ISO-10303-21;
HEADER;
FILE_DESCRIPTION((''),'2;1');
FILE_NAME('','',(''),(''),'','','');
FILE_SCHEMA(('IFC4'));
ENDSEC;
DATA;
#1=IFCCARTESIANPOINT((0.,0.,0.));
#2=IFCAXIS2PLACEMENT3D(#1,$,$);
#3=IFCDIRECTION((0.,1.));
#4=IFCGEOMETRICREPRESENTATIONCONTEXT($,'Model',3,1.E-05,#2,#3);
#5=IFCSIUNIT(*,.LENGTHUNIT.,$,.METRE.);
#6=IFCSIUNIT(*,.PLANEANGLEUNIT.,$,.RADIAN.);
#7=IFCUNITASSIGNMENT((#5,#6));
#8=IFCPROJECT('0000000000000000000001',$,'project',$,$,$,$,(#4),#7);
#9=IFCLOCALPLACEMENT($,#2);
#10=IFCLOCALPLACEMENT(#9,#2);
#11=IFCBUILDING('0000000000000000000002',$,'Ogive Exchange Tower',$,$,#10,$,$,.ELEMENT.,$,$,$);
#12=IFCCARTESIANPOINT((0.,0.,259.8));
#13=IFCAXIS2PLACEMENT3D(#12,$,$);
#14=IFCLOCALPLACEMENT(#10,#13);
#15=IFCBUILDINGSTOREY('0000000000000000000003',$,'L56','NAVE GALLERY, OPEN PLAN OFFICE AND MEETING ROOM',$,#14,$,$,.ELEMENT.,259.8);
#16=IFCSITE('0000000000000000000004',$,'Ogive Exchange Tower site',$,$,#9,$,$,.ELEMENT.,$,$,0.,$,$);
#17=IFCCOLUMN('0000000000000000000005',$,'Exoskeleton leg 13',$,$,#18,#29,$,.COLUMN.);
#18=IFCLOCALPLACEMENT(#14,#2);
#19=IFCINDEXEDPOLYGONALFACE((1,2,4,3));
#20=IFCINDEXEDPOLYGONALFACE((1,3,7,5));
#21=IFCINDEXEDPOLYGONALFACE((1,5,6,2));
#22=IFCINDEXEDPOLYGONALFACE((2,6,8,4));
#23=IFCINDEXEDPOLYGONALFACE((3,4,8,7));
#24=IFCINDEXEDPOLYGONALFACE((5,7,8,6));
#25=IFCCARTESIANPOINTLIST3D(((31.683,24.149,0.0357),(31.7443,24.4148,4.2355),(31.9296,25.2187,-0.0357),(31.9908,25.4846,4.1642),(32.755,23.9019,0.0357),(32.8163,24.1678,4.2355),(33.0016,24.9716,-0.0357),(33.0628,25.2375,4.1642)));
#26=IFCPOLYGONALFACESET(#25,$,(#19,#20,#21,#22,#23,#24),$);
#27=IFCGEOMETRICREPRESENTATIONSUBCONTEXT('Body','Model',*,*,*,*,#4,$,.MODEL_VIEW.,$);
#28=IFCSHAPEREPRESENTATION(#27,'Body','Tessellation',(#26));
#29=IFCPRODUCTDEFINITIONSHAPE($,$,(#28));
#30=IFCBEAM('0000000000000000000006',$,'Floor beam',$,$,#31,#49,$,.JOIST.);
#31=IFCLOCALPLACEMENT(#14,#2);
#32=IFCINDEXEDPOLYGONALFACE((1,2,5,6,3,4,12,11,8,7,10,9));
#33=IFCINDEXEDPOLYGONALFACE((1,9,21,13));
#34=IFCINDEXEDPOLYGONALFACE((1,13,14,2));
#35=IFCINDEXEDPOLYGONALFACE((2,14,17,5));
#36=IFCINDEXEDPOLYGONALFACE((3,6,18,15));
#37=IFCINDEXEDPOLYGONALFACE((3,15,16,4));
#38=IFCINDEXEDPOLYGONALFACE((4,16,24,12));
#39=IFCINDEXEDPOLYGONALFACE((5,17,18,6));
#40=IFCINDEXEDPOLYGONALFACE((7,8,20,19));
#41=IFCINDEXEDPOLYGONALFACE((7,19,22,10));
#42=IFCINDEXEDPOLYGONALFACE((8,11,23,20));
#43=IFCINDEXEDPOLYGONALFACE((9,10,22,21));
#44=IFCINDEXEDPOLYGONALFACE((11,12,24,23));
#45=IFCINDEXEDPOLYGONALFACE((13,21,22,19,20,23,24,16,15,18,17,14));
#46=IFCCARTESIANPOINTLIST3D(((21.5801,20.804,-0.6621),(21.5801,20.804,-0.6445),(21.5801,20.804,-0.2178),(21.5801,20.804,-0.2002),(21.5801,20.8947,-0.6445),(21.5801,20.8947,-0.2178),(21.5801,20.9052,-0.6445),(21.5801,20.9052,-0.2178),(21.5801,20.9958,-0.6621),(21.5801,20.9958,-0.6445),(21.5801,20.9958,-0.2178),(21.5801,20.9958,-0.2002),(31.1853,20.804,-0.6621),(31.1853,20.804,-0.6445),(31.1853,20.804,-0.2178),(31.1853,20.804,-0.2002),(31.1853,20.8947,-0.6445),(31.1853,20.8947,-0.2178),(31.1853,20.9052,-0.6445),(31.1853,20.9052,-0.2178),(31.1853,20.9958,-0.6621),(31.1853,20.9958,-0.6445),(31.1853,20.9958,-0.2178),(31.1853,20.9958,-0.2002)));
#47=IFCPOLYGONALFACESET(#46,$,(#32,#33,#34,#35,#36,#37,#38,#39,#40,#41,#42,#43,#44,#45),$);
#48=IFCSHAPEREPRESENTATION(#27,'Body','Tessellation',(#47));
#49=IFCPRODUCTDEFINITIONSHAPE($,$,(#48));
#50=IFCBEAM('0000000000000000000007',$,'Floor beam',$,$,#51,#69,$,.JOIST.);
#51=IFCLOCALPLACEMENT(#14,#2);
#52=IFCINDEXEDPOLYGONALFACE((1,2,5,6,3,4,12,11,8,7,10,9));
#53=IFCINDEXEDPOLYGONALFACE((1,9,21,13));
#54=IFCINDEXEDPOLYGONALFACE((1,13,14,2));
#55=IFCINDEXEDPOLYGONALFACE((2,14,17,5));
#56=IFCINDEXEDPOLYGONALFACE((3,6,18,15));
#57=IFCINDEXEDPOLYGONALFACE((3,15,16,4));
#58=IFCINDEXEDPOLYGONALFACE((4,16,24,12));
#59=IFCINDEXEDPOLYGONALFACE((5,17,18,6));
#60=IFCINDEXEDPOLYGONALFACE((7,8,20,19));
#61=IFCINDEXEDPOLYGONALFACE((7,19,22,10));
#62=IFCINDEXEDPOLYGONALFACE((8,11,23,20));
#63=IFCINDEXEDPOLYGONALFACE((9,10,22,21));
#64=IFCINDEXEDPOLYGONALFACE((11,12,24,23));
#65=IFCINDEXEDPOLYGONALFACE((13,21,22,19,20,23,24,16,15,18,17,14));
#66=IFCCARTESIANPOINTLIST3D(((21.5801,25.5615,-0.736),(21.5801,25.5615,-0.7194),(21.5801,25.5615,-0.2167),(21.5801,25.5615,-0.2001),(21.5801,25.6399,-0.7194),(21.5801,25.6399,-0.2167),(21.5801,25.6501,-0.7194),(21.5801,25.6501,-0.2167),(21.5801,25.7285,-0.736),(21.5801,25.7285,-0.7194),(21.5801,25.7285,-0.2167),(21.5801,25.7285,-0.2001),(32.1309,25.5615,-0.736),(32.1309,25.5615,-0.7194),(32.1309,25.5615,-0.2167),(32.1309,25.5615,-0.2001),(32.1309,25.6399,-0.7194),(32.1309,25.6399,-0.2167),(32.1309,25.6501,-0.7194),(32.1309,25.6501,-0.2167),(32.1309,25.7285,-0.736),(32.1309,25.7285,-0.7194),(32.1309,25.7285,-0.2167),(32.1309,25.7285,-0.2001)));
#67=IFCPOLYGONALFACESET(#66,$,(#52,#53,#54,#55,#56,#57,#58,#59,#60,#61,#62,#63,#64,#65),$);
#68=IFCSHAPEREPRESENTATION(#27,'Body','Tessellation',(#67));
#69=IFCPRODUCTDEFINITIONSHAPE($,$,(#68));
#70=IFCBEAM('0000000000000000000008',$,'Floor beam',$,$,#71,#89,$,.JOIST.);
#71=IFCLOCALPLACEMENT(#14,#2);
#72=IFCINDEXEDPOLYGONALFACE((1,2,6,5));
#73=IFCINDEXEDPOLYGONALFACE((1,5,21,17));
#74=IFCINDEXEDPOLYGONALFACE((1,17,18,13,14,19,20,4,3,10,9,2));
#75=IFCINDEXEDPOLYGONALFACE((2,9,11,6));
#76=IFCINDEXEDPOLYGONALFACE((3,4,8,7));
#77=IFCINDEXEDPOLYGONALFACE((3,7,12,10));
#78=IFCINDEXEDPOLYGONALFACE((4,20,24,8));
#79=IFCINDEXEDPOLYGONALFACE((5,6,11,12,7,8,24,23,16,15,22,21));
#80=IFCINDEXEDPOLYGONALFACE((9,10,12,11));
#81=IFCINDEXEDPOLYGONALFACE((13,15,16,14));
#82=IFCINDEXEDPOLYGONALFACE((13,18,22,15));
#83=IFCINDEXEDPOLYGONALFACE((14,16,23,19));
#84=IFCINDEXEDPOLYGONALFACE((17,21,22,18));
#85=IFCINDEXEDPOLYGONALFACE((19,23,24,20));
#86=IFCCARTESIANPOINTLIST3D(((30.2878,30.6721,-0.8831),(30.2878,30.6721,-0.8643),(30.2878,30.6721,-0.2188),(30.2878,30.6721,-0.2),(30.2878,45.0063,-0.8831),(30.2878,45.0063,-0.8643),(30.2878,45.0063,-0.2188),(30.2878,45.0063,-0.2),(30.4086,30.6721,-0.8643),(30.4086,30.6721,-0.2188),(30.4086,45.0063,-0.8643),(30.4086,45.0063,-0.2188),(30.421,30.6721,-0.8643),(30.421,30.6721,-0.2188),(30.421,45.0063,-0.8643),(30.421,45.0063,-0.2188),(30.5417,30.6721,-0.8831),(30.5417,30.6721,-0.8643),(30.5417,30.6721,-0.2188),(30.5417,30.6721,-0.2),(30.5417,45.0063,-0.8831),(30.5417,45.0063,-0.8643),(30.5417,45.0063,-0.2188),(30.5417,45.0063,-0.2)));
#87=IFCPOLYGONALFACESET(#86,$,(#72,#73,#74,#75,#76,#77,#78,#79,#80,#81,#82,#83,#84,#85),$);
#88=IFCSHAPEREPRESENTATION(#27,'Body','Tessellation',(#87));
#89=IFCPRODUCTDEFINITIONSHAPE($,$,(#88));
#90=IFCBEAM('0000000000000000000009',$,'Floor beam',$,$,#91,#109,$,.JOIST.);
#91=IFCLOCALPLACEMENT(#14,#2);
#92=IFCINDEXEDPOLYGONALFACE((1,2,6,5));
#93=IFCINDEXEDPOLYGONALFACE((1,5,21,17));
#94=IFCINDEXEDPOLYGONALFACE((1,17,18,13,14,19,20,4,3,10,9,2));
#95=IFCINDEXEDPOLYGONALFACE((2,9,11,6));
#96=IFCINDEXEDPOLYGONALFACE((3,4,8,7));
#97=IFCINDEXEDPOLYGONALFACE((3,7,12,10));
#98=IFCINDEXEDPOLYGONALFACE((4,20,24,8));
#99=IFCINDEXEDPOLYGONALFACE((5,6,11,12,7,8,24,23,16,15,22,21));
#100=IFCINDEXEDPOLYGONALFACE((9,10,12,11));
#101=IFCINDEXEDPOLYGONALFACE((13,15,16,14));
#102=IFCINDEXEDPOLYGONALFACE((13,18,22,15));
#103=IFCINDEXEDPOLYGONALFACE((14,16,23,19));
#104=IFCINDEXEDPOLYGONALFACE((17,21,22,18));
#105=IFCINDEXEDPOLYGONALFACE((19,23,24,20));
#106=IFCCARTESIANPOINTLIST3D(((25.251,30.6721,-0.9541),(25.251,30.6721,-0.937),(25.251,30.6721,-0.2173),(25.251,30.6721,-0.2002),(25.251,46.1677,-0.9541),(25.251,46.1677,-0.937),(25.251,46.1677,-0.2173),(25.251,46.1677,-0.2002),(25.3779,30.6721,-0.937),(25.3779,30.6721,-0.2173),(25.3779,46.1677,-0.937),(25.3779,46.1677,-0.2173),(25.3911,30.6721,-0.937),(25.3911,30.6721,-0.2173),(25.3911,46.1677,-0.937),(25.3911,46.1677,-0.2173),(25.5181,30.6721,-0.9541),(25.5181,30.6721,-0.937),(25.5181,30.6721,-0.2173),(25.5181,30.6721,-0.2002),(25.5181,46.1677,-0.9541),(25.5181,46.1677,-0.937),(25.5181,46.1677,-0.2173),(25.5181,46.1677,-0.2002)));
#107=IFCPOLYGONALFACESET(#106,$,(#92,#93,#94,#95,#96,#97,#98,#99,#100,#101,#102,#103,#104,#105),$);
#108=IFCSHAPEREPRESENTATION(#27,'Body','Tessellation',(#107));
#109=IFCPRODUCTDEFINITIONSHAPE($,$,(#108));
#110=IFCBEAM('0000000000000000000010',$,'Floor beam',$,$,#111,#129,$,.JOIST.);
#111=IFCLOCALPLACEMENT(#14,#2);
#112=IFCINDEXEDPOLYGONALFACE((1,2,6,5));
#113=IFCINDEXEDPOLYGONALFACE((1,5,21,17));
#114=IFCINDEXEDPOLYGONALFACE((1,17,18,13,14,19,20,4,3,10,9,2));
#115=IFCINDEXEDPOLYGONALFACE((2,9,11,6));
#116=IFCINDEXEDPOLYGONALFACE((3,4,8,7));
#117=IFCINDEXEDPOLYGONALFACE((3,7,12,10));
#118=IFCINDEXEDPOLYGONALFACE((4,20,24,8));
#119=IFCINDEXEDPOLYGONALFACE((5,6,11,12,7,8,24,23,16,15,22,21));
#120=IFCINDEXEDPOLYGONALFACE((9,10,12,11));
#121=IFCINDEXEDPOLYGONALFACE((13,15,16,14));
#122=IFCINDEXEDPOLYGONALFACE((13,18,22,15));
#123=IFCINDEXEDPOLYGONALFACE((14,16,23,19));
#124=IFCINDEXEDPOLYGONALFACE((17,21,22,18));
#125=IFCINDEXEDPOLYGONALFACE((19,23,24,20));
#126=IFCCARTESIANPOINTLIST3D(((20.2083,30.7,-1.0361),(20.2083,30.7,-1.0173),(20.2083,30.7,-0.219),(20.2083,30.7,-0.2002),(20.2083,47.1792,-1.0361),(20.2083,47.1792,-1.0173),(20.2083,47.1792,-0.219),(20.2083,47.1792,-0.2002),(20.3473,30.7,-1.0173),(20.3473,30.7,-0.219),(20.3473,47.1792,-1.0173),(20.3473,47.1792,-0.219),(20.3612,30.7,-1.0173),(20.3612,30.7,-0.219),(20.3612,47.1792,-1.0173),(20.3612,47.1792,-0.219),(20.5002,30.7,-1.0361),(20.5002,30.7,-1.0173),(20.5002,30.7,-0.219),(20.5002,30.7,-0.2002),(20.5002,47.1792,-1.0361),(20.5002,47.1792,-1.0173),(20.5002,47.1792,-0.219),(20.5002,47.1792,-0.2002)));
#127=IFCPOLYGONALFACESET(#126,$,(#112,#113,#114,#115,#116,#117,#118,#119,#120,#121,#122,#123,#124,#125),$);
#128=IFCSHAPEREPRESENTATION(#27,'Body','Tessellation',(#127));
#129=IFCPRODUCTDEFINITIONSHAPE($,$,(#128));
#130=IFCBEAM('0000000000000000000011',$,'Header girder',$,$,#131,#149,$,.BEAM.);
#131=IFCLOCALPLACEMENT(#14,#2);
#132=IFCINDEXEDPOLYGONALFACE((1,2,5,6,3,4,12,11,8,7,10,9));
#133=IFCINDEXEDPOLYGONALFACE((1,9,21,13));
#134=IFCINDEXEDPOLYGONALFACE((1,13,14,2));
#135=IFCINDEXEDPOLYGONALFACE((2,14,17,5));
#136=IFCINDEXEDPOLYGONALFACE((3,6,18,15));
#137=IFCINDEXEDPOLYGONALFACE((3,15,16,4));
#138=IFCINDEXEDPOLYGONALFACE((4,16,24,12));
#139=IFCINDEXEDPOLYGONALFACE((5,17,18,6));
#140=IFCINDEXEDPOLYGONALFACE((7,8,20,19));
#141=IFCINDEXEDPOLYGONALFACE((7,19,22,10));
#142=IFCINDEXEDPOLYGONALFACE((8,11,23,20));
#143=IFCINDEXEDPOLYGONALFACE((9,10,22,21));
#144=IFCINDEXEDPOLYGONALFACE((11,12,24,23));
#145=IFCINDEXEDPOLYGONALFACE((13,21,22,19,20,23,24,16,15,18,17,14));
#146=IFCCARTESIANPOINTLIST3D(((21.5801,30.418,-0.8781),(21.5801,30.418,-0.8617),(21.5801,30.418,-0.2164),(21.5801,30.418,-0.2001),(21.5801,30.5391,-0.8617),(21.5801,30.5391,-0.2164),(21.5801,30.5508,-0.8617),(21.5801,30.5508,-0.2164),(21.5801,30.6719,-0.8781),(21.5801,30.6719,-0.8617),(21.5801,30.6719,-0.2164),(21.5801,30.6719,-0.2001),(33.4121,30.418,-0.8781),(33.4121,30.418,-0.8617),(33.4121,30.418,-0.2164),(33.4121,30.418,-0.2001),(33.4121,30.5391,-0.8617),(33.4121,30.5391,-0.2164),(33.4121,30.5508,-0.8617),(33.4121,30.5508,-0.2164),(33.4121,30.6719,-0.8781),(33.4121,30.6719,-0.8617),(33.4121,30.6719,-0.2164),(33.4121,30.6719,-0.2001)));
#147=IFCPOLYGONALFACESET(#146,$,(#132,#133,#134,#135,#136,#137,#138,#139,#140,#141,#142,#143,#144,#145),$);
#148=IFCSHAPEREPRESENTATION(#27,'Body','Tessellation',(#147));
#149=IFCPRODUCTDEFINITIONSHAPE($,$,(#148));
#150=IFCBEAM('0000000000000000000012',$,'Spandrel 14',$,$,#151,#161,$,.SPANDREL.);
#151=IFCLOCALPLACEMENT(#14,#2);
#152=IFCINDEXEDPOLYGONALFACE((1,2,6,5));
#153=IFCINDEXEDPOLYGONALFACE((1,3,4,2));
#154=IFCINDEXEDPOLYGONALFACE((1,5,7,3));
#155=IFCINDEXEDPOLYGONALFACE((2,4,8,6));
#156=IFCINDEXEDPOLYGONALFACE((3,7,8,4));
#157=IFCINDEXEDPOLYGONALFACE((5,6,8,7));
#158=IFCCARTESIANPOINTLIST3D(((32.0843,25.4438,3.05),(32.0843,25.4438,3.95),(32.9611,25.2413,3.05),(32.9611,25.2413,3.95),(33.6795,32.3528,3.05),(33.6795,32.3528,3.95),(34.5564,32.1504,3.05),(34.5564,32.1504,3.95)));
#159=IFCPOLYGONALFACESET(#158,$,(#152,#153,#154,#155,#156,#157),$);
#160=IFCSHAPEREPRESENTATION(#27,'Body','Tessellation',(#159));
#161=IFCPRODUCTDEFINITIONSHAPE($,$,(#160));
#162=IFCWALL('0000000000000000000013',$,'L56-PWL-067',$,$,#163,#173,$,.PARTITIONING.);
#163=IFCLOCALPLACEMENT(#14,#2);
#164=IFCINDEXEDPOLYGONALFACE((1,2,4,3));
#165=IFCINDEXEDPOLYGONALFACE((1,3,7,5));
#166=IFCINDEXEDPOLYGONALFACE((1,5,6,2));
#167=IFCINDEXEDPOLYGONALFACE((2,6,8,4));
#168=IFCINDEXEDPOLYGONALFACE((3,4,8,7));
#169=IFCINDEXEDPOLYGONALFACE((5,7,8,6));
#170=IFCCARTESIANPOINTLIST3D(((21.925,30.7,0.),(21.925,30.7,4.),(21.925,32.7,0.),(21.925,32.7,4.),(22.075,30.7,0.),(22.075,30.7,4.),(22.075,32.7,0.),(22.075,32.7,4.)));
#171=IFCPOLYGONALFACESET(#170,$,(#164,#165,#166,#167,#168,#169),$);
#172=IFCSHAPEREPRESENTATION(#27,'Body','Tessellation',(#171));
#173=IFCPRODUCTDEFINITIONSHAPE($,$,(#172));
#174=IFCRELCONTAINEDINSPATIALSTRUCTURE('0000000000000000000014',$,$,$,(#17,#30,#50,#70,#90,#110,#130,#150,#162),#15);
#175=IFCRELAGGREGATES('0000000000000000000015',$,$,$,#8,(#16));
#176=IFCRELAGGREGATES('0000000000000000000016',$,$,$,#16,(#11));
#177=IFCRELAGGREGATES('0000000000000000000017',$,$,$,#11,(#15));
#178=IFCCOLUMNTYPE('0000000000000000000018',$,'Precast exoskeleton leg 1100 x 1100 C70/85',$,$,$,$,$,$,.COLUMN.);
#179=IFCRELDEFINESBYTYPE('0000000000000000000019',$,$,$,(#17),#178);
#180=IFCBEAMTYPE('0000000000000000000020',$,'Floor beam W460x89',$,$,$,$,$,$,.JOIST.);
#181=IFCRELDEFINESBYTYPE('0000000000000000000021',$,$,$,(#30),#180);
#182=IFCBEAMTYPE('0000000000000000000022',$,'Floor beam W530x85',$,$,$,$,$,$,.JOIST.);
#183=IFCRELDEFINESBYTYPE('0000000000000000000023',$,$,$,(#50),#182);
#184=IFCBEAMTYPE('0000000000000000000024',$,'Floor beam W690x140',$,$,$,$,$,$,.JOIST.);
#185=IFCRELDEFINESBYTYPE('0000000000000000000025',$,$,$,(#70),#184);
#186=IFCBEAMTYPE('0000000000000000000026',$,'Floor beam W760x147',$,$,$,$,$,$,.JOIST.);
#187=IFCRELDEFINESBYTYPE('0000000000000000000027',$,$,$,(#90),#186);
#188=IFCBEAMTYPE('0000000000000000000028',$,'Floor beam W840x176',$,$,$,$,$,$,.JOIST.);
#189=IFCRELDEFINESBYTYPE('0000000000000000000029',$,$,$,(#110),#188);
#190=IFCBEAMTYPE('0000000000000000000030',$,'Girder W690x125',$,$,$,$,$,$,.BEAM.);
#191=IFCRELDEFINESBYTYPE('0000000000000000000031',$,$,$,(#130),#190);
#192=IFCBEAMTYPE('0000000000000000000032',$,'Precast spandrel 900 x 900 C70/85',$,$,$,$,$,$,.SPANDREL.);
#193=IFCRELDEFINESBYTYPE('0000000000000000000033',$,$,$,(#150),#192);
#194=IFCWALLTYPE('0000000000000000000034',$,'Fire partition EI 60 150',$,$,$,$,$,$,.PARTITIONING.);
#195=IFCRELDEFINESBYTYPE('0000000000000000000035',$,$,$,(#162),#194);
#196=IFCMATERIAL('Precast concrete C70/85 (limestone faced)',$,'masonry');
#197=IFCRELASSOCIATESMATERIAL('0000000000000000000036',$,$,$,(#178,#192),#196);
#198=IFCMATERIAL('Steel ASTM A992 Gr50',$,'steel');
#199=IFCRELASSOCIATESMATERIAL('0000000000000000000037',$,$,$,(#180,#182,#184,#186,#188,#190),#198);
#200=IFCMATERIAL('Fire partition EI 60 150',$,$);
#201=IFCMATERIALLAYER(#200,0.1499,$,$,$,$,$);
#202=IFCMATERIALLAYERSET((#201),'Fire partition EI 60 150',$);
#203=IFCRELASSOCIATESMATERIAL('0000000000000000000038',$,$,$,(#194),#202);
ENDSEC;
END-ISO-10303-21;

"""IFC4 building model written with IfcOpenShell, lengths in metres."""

from ifc_helpers import new_model, si_unit, direction, frame, frame_2d, origin, origin_2d, place, context, subcontext, project, spatial, rectangle, i_section, extrude, material, layer, layer_set, material_profile, profile_set, type_object, element, save


model = new_model("IFC4")

# Units and contexts
model_context = context("Model", 3, precision=1e-05, world=origin(), true_north=direction((0.0, 1.0)))
body_context = subcontext(model_context, "Body", "Model", "MODEL_VIEW")
ifc_project = project(units=[si_unit("LENGTHUNIT", "METRE"), si_unit("PLANEANGLEUNIT", "RADIAN")], contexts=[model_context])

# Site, building, storey
site_placement = place(None, origin())
site = spatial("IfcSite", under=ifc_project, at=site_placement, Name="Ogive Exchange Tower site", CompositionType="ELEMENT", RefElevation=0.0)
building_placement = place(site_placement, origin())
building = spatial("IfcBuilding", under=site, at=building_placement, Name="Ogive Exchange Tower", CompositionType="ELEMENT")
storey_placement = place(building_placement, frame((0.0, 0.0, 259.8)))
storey = spatial("IfcBuildingStorey", under=building, at=storey_placement, Name="L56", Description="NAVE GALLERY, OPEN PLAN OFFICE AND MEETING ROOM", CompositionType="ELEMENT", Elevation=259.8)

# Column
ifc_material_1 = material(Name="Precast concrete C70/85 (limestone faced)", Category="masonry")
ifc_material_profile_1 = material_profile(ifc_material_1, rectangle(XDim=1.1001, YDim=1.1001, at=origin_2d()), Name="1100 x 1100")
ifc_profile_set_1 = profile_set([ifc_material_profile_1], Name="Precast concrete C70/85 (limestone faced)")
column_type = type_object("IfcColumnType", Name="Precast exoskeleton leg 1100 x 1100 C70/85", PredefinedType="COLUMN", material=ifc_profile_set_1)
column_placement = place(storey_placement, frame((32.3423, 24.5603, 0.0), z_axis=(0.01456, 0.06317, 0.997897), x_axis=(-0.974451, 0.224598, 0.0)))
element("IfcColumn", 1, at=column_placement, inside=storey, type_object=column_type, Name="Exoskeleton leg 13", PredefinedType="COLUMN", context=body_context, shape_type="SweptSolid", body=[
    extrude(rectangle(XDim=1.1001, YDim=1.1001, at=origin_2d()), origin(), (0.0, 0.0, 1.0), 4.2087),
])

# Beams
ifc_material_2 = material(Name="Steel ASTM A992 Gr50", Category="steel")
ifc_material_profile_2 = material_profile(ifc_material_2, i_section(OverallWidth=0.1919, OverallDepth=0.4619, WebThickness=0.0105, FlangeThickness=0.0176, at=origin_2d()), Name="W460x89")
ifc_profile_set_2 = profile_set([ifc_material_profile_2], Name="Steel ASTM A992 Gr50")
beam_type_1 = type_object("IfcBeamType", Name="Floor beam W460x89", PredefinedType="JOIST", material=ifc_profile_set_2)
beam_1_placement = place(storey_placement, frame((21.5801, 20.8999, -0.4312), z_axis=(1.0, 0.0, 0.0), x_axis=(0.0, 1.0, 0.0)))
element("IfcBeam", 2, at=beam_1_placement, inside=storey, type_object=beam_type_1, Name="Floor beam", PredefinedType="JOIST", context=body_context, shape_type="SweptSolid", body=[
    extrude(i_section(OverallWidth=0.1919, OverallDepth=0.4619, WebThickness=0.0105, FlangeThickness=0.0176, at=origin_2d()), origin(), (0.0, 0.0, 1.0), 9.6052),
])
ifc_material_profile_3 = material_profile(ifc_material_2, i_section(OverallWidth=0.167, OverallDepth=0.5359, WebThickness=0.0103, FlangeThickness=0.0166, at=origin_2d()), Name="W530x85")
ifc_profile_set_3 = profile_set([ifc_material_profile_3], Name="Steel ASTM A992 Gr50")
beam_type_2 = type_object("IfcBeamType", Name="Floor beam W530x85", PredefinedType="JOIST", material=ifc_profile_set_3)
beam_2_placement = place(storey_placement, frame((21.5801, 25.645, -0.468), z_axis=(1.0, 0.0, 0.0), x_axis=(0.0, 1.0, 0.0)))
element("IfcBeam", 3, at=beam_2_placement, inside=storey, type_object=beam_type_2, Name="Floor beam", PredefinedType="JOIST", context=body_context, shape_type="SweptSolid", body=[
    extrude(i_section(OverallWidth=0.167, OverallDepth=0.5359, WebThickness=0.0103, FlangeThickness=0.0166, at=origin_2d()), origin(), (0.0, 0.0, 1.0), 10.5508),
])
ifc_material_profile_4 = material_profile(ifc_material_2, i_section(OverallWidth=0.2539, OverallDepth=0.6831, WebThickness=0.0125, FlangeThickness=0.0188, at=origin_2d()), Name="W690x140")
ifc_profile_set_4 = profile_set([ifc_material_profile_4], Name="Steel ASTM A992 Gr50")
beam_type_3 = type_object("IfcBeamType", Name="Floor beam W690x140", PredefinedType="JOIST", material=ifc_profile_set_4)
beam_3_placement = place(storey_placement, frame((30.4148, 30.6721, -0.5415), z_axis=(0.0, 1.0, 0.0), x_axis=(-1.0, 0.0, 0.0)))
element("IfcBeam", 4, at=beam_3_placement, inside=storey, type_object=beam_type_3, Name="Floor beam", PredefinedType="JOIST", context=body_context, shape_type="SweptSolid", body=[
    extrude(i_section(OverallWidth=0.2539, OverallDepth=0.6831, WebThickness=0.0125, FlangeThickness=0.0188, at=origin_2d()), origin(), (0.0, 0.0, 1.0), 14.3342),
])
ifc_material_profile_5 = material_profile(ifc_material_2, i_section(OverallWidth=0.2671, OverallDepth=0.7539, WebThickness=0.0132, FlangeThickness=0.0171, at=origin_2d()), Name="W760x147")
ifc_profile_set_5 = profile_set([ifc_material_profile_5], Name="Steel ASTM A992 Gr50")
beam_type_4 = type_object("IfcBeamType", Name="Floor beam W760x147", PredefinedType="JOIST", material=ifc_profile_set_5)
beam_4_placement = place(storey_placement, frame((25.3845, 30.6721, -0.5771), z_axis=(0.0, 1.0, 0.0), x_axis=(-1.0, 0.0, 0.0)))
element("IfcBeam", 5, at=beam_4_placement, inside=storey, type_object=beam_type_4, Name="Floor beam", PredefinedType="JOIST", context=body_context, shape_type="SweptSolid", body=[
    extrude(i_section(OverallWidth=0.2671, OverallDepth=0.7539, WebThickness=0.0132, FlangeThickness=0.0171, at=origin_2d()), origin(), (0.0, 0.0, 1.0), 15.4956),
])
ifc_material_profile_6 = material_profile(ifc_material_2, i_section(OverallWidth=0.292, OverallDepth=0.8359, WebThickness=0.0139, FlangeThickness=0.0188, at=origin_2d()), Name="W840x176")
ifc_profile_set_6 = profile_set([ifc_material_profile_6], Name="Steel ASTM A992 Gr50")
beam_type_5 = type_object("IfcBeamType", Name="Floor beam W840x176", PredefinedType="JOIST", material=ifc_profile_set_6)
beam_5_placement = place(storey_placement, frame((20.3542, 30.7, -0.6182), z_axis=(0.0, 1.0, 0.0), x_axis=(-1.0, 0.0, 0.0)))
element("IfcBeam", 6, at=beam_5_placement, inside=storey, type_object=beam_type_5, Name="Floor beam", PredefinedType="JOIST", context=body_context, shape_type="SweptSolid", body=[
    extrude(i_section(OverallWidth=0.292, OverallDepth=0.8359, WebThickness=0.0139, FlangeThickness=0.0188, at=origin_2d()), origin(), (0.0, 0.0, 1.0), 16.4792),
])
ifc_material_profile_7 = material_profile(ifc_material_2, i_section(OverallWidth=0.2539, OverallDepth=0.678, WebThickness=0.0117, FlangeThickness=0.0164, at=origin_2d()), Name="W690x125")
ifc_profile_set_7 = profile_set([ifc_material_profile_7], Name="Steel ASTM A992 Gr50")
beam_type_6 = type_object("IfcBeamType", Name="Girder W690x125", PredefinedType="BEAM", material=ifc_profile_set_7)
beam_6_placement = place(storey_placement, frame((21.5801, 30.5449, -0.5391), z_axis=(1.0, 0.0, 0.0), x_axis=(0.0, 1.0, 0.0)))
element("IfcBeam", 7, at=beam_6_placement, inside=storey, type_object=beam_type_6, Name="Header girder", PredefinedType="BEAM", context=body_context, shape_type="SweptSolid", body=[
    extrude(i_section(OverallWidth=0.2539, OverallDepth=0.678, WebThickness=0.0117, FlangeThickness=0.0164, at=origin_2d()), origin(), (0.0, 0.0, 1.0), 11.832),
])
ifc_material_profile_8 = material_profile(ifc_material_1, rectangle(XDim=0.8999, YDim=0.8999, at=origin_2d()), Name="900 x 900")
ifc_profile_set_8 = profile_set([ifc_material_profile_8], Name="Precast concrete C70/85 (limestone faced)")
beam_type_7 = type_object("IfcBeamType", Name="Precast spandrel 900 x 900 C70/85", PredefinedType="SPANDREL", material=ifc_profile_set_8)
beam_7_placement = place(storey_placement, frame((32.5227, 25.3425, 3.5), z_axis=(0.224973, 0.974365, 0.0), x_axis=(-0.974365, 0.224973, 0.0)))
element("IfcBeam", 8, at=beam_7_placement, inside=storey, type_object=beam_type_7, Name="Spandrel 14", PredefinedType="SPANDREL", context=body_context, shape_type="SweptSolid", body=[
    extrude(rectangle(XDim=0.8999, YDim=0.8999, at=origin_2d()), origin(), (0.0, 0.0, 1.0), 7.0908),
])

# Wall
ifc_material_3 = material(Name="Fire partition EI 60 150")
ifc_layer_1 = layer(ifc_material_3, 0.1499)
ifc_layer_set_1 = layer_set([ifc_layer_1], Name="Fire partition EI 60 150")
wall_type_1 = type_object("IfcWallType", Name="Fire partition EI 60 150", PredefinedType="PARTITIONING", material=ifc_layer_set_1)
wall_1_placement = place(storey_placement, frame((22.0, 30.7, 0.0), z_axis=(0.0, 0.0, 1.0), x_axis=(0.0, 1.0, 0.0)))
element("IfcWall", 9, at=wall_1_placement, inside=storey, type_object=wall_type_1, Name="L56-PWL-067", PredefinedType="PARTITIONING", context=body_context, shape_type="SweptSolid", body=[
    extrude(rectangle(XDim=2.0, YDim=0.1499, at=frame_2d((1.0, 0.0))), origin(), (0.0, 0.0, 1.0), 4.0),
])

save(model, "model.ifc")
